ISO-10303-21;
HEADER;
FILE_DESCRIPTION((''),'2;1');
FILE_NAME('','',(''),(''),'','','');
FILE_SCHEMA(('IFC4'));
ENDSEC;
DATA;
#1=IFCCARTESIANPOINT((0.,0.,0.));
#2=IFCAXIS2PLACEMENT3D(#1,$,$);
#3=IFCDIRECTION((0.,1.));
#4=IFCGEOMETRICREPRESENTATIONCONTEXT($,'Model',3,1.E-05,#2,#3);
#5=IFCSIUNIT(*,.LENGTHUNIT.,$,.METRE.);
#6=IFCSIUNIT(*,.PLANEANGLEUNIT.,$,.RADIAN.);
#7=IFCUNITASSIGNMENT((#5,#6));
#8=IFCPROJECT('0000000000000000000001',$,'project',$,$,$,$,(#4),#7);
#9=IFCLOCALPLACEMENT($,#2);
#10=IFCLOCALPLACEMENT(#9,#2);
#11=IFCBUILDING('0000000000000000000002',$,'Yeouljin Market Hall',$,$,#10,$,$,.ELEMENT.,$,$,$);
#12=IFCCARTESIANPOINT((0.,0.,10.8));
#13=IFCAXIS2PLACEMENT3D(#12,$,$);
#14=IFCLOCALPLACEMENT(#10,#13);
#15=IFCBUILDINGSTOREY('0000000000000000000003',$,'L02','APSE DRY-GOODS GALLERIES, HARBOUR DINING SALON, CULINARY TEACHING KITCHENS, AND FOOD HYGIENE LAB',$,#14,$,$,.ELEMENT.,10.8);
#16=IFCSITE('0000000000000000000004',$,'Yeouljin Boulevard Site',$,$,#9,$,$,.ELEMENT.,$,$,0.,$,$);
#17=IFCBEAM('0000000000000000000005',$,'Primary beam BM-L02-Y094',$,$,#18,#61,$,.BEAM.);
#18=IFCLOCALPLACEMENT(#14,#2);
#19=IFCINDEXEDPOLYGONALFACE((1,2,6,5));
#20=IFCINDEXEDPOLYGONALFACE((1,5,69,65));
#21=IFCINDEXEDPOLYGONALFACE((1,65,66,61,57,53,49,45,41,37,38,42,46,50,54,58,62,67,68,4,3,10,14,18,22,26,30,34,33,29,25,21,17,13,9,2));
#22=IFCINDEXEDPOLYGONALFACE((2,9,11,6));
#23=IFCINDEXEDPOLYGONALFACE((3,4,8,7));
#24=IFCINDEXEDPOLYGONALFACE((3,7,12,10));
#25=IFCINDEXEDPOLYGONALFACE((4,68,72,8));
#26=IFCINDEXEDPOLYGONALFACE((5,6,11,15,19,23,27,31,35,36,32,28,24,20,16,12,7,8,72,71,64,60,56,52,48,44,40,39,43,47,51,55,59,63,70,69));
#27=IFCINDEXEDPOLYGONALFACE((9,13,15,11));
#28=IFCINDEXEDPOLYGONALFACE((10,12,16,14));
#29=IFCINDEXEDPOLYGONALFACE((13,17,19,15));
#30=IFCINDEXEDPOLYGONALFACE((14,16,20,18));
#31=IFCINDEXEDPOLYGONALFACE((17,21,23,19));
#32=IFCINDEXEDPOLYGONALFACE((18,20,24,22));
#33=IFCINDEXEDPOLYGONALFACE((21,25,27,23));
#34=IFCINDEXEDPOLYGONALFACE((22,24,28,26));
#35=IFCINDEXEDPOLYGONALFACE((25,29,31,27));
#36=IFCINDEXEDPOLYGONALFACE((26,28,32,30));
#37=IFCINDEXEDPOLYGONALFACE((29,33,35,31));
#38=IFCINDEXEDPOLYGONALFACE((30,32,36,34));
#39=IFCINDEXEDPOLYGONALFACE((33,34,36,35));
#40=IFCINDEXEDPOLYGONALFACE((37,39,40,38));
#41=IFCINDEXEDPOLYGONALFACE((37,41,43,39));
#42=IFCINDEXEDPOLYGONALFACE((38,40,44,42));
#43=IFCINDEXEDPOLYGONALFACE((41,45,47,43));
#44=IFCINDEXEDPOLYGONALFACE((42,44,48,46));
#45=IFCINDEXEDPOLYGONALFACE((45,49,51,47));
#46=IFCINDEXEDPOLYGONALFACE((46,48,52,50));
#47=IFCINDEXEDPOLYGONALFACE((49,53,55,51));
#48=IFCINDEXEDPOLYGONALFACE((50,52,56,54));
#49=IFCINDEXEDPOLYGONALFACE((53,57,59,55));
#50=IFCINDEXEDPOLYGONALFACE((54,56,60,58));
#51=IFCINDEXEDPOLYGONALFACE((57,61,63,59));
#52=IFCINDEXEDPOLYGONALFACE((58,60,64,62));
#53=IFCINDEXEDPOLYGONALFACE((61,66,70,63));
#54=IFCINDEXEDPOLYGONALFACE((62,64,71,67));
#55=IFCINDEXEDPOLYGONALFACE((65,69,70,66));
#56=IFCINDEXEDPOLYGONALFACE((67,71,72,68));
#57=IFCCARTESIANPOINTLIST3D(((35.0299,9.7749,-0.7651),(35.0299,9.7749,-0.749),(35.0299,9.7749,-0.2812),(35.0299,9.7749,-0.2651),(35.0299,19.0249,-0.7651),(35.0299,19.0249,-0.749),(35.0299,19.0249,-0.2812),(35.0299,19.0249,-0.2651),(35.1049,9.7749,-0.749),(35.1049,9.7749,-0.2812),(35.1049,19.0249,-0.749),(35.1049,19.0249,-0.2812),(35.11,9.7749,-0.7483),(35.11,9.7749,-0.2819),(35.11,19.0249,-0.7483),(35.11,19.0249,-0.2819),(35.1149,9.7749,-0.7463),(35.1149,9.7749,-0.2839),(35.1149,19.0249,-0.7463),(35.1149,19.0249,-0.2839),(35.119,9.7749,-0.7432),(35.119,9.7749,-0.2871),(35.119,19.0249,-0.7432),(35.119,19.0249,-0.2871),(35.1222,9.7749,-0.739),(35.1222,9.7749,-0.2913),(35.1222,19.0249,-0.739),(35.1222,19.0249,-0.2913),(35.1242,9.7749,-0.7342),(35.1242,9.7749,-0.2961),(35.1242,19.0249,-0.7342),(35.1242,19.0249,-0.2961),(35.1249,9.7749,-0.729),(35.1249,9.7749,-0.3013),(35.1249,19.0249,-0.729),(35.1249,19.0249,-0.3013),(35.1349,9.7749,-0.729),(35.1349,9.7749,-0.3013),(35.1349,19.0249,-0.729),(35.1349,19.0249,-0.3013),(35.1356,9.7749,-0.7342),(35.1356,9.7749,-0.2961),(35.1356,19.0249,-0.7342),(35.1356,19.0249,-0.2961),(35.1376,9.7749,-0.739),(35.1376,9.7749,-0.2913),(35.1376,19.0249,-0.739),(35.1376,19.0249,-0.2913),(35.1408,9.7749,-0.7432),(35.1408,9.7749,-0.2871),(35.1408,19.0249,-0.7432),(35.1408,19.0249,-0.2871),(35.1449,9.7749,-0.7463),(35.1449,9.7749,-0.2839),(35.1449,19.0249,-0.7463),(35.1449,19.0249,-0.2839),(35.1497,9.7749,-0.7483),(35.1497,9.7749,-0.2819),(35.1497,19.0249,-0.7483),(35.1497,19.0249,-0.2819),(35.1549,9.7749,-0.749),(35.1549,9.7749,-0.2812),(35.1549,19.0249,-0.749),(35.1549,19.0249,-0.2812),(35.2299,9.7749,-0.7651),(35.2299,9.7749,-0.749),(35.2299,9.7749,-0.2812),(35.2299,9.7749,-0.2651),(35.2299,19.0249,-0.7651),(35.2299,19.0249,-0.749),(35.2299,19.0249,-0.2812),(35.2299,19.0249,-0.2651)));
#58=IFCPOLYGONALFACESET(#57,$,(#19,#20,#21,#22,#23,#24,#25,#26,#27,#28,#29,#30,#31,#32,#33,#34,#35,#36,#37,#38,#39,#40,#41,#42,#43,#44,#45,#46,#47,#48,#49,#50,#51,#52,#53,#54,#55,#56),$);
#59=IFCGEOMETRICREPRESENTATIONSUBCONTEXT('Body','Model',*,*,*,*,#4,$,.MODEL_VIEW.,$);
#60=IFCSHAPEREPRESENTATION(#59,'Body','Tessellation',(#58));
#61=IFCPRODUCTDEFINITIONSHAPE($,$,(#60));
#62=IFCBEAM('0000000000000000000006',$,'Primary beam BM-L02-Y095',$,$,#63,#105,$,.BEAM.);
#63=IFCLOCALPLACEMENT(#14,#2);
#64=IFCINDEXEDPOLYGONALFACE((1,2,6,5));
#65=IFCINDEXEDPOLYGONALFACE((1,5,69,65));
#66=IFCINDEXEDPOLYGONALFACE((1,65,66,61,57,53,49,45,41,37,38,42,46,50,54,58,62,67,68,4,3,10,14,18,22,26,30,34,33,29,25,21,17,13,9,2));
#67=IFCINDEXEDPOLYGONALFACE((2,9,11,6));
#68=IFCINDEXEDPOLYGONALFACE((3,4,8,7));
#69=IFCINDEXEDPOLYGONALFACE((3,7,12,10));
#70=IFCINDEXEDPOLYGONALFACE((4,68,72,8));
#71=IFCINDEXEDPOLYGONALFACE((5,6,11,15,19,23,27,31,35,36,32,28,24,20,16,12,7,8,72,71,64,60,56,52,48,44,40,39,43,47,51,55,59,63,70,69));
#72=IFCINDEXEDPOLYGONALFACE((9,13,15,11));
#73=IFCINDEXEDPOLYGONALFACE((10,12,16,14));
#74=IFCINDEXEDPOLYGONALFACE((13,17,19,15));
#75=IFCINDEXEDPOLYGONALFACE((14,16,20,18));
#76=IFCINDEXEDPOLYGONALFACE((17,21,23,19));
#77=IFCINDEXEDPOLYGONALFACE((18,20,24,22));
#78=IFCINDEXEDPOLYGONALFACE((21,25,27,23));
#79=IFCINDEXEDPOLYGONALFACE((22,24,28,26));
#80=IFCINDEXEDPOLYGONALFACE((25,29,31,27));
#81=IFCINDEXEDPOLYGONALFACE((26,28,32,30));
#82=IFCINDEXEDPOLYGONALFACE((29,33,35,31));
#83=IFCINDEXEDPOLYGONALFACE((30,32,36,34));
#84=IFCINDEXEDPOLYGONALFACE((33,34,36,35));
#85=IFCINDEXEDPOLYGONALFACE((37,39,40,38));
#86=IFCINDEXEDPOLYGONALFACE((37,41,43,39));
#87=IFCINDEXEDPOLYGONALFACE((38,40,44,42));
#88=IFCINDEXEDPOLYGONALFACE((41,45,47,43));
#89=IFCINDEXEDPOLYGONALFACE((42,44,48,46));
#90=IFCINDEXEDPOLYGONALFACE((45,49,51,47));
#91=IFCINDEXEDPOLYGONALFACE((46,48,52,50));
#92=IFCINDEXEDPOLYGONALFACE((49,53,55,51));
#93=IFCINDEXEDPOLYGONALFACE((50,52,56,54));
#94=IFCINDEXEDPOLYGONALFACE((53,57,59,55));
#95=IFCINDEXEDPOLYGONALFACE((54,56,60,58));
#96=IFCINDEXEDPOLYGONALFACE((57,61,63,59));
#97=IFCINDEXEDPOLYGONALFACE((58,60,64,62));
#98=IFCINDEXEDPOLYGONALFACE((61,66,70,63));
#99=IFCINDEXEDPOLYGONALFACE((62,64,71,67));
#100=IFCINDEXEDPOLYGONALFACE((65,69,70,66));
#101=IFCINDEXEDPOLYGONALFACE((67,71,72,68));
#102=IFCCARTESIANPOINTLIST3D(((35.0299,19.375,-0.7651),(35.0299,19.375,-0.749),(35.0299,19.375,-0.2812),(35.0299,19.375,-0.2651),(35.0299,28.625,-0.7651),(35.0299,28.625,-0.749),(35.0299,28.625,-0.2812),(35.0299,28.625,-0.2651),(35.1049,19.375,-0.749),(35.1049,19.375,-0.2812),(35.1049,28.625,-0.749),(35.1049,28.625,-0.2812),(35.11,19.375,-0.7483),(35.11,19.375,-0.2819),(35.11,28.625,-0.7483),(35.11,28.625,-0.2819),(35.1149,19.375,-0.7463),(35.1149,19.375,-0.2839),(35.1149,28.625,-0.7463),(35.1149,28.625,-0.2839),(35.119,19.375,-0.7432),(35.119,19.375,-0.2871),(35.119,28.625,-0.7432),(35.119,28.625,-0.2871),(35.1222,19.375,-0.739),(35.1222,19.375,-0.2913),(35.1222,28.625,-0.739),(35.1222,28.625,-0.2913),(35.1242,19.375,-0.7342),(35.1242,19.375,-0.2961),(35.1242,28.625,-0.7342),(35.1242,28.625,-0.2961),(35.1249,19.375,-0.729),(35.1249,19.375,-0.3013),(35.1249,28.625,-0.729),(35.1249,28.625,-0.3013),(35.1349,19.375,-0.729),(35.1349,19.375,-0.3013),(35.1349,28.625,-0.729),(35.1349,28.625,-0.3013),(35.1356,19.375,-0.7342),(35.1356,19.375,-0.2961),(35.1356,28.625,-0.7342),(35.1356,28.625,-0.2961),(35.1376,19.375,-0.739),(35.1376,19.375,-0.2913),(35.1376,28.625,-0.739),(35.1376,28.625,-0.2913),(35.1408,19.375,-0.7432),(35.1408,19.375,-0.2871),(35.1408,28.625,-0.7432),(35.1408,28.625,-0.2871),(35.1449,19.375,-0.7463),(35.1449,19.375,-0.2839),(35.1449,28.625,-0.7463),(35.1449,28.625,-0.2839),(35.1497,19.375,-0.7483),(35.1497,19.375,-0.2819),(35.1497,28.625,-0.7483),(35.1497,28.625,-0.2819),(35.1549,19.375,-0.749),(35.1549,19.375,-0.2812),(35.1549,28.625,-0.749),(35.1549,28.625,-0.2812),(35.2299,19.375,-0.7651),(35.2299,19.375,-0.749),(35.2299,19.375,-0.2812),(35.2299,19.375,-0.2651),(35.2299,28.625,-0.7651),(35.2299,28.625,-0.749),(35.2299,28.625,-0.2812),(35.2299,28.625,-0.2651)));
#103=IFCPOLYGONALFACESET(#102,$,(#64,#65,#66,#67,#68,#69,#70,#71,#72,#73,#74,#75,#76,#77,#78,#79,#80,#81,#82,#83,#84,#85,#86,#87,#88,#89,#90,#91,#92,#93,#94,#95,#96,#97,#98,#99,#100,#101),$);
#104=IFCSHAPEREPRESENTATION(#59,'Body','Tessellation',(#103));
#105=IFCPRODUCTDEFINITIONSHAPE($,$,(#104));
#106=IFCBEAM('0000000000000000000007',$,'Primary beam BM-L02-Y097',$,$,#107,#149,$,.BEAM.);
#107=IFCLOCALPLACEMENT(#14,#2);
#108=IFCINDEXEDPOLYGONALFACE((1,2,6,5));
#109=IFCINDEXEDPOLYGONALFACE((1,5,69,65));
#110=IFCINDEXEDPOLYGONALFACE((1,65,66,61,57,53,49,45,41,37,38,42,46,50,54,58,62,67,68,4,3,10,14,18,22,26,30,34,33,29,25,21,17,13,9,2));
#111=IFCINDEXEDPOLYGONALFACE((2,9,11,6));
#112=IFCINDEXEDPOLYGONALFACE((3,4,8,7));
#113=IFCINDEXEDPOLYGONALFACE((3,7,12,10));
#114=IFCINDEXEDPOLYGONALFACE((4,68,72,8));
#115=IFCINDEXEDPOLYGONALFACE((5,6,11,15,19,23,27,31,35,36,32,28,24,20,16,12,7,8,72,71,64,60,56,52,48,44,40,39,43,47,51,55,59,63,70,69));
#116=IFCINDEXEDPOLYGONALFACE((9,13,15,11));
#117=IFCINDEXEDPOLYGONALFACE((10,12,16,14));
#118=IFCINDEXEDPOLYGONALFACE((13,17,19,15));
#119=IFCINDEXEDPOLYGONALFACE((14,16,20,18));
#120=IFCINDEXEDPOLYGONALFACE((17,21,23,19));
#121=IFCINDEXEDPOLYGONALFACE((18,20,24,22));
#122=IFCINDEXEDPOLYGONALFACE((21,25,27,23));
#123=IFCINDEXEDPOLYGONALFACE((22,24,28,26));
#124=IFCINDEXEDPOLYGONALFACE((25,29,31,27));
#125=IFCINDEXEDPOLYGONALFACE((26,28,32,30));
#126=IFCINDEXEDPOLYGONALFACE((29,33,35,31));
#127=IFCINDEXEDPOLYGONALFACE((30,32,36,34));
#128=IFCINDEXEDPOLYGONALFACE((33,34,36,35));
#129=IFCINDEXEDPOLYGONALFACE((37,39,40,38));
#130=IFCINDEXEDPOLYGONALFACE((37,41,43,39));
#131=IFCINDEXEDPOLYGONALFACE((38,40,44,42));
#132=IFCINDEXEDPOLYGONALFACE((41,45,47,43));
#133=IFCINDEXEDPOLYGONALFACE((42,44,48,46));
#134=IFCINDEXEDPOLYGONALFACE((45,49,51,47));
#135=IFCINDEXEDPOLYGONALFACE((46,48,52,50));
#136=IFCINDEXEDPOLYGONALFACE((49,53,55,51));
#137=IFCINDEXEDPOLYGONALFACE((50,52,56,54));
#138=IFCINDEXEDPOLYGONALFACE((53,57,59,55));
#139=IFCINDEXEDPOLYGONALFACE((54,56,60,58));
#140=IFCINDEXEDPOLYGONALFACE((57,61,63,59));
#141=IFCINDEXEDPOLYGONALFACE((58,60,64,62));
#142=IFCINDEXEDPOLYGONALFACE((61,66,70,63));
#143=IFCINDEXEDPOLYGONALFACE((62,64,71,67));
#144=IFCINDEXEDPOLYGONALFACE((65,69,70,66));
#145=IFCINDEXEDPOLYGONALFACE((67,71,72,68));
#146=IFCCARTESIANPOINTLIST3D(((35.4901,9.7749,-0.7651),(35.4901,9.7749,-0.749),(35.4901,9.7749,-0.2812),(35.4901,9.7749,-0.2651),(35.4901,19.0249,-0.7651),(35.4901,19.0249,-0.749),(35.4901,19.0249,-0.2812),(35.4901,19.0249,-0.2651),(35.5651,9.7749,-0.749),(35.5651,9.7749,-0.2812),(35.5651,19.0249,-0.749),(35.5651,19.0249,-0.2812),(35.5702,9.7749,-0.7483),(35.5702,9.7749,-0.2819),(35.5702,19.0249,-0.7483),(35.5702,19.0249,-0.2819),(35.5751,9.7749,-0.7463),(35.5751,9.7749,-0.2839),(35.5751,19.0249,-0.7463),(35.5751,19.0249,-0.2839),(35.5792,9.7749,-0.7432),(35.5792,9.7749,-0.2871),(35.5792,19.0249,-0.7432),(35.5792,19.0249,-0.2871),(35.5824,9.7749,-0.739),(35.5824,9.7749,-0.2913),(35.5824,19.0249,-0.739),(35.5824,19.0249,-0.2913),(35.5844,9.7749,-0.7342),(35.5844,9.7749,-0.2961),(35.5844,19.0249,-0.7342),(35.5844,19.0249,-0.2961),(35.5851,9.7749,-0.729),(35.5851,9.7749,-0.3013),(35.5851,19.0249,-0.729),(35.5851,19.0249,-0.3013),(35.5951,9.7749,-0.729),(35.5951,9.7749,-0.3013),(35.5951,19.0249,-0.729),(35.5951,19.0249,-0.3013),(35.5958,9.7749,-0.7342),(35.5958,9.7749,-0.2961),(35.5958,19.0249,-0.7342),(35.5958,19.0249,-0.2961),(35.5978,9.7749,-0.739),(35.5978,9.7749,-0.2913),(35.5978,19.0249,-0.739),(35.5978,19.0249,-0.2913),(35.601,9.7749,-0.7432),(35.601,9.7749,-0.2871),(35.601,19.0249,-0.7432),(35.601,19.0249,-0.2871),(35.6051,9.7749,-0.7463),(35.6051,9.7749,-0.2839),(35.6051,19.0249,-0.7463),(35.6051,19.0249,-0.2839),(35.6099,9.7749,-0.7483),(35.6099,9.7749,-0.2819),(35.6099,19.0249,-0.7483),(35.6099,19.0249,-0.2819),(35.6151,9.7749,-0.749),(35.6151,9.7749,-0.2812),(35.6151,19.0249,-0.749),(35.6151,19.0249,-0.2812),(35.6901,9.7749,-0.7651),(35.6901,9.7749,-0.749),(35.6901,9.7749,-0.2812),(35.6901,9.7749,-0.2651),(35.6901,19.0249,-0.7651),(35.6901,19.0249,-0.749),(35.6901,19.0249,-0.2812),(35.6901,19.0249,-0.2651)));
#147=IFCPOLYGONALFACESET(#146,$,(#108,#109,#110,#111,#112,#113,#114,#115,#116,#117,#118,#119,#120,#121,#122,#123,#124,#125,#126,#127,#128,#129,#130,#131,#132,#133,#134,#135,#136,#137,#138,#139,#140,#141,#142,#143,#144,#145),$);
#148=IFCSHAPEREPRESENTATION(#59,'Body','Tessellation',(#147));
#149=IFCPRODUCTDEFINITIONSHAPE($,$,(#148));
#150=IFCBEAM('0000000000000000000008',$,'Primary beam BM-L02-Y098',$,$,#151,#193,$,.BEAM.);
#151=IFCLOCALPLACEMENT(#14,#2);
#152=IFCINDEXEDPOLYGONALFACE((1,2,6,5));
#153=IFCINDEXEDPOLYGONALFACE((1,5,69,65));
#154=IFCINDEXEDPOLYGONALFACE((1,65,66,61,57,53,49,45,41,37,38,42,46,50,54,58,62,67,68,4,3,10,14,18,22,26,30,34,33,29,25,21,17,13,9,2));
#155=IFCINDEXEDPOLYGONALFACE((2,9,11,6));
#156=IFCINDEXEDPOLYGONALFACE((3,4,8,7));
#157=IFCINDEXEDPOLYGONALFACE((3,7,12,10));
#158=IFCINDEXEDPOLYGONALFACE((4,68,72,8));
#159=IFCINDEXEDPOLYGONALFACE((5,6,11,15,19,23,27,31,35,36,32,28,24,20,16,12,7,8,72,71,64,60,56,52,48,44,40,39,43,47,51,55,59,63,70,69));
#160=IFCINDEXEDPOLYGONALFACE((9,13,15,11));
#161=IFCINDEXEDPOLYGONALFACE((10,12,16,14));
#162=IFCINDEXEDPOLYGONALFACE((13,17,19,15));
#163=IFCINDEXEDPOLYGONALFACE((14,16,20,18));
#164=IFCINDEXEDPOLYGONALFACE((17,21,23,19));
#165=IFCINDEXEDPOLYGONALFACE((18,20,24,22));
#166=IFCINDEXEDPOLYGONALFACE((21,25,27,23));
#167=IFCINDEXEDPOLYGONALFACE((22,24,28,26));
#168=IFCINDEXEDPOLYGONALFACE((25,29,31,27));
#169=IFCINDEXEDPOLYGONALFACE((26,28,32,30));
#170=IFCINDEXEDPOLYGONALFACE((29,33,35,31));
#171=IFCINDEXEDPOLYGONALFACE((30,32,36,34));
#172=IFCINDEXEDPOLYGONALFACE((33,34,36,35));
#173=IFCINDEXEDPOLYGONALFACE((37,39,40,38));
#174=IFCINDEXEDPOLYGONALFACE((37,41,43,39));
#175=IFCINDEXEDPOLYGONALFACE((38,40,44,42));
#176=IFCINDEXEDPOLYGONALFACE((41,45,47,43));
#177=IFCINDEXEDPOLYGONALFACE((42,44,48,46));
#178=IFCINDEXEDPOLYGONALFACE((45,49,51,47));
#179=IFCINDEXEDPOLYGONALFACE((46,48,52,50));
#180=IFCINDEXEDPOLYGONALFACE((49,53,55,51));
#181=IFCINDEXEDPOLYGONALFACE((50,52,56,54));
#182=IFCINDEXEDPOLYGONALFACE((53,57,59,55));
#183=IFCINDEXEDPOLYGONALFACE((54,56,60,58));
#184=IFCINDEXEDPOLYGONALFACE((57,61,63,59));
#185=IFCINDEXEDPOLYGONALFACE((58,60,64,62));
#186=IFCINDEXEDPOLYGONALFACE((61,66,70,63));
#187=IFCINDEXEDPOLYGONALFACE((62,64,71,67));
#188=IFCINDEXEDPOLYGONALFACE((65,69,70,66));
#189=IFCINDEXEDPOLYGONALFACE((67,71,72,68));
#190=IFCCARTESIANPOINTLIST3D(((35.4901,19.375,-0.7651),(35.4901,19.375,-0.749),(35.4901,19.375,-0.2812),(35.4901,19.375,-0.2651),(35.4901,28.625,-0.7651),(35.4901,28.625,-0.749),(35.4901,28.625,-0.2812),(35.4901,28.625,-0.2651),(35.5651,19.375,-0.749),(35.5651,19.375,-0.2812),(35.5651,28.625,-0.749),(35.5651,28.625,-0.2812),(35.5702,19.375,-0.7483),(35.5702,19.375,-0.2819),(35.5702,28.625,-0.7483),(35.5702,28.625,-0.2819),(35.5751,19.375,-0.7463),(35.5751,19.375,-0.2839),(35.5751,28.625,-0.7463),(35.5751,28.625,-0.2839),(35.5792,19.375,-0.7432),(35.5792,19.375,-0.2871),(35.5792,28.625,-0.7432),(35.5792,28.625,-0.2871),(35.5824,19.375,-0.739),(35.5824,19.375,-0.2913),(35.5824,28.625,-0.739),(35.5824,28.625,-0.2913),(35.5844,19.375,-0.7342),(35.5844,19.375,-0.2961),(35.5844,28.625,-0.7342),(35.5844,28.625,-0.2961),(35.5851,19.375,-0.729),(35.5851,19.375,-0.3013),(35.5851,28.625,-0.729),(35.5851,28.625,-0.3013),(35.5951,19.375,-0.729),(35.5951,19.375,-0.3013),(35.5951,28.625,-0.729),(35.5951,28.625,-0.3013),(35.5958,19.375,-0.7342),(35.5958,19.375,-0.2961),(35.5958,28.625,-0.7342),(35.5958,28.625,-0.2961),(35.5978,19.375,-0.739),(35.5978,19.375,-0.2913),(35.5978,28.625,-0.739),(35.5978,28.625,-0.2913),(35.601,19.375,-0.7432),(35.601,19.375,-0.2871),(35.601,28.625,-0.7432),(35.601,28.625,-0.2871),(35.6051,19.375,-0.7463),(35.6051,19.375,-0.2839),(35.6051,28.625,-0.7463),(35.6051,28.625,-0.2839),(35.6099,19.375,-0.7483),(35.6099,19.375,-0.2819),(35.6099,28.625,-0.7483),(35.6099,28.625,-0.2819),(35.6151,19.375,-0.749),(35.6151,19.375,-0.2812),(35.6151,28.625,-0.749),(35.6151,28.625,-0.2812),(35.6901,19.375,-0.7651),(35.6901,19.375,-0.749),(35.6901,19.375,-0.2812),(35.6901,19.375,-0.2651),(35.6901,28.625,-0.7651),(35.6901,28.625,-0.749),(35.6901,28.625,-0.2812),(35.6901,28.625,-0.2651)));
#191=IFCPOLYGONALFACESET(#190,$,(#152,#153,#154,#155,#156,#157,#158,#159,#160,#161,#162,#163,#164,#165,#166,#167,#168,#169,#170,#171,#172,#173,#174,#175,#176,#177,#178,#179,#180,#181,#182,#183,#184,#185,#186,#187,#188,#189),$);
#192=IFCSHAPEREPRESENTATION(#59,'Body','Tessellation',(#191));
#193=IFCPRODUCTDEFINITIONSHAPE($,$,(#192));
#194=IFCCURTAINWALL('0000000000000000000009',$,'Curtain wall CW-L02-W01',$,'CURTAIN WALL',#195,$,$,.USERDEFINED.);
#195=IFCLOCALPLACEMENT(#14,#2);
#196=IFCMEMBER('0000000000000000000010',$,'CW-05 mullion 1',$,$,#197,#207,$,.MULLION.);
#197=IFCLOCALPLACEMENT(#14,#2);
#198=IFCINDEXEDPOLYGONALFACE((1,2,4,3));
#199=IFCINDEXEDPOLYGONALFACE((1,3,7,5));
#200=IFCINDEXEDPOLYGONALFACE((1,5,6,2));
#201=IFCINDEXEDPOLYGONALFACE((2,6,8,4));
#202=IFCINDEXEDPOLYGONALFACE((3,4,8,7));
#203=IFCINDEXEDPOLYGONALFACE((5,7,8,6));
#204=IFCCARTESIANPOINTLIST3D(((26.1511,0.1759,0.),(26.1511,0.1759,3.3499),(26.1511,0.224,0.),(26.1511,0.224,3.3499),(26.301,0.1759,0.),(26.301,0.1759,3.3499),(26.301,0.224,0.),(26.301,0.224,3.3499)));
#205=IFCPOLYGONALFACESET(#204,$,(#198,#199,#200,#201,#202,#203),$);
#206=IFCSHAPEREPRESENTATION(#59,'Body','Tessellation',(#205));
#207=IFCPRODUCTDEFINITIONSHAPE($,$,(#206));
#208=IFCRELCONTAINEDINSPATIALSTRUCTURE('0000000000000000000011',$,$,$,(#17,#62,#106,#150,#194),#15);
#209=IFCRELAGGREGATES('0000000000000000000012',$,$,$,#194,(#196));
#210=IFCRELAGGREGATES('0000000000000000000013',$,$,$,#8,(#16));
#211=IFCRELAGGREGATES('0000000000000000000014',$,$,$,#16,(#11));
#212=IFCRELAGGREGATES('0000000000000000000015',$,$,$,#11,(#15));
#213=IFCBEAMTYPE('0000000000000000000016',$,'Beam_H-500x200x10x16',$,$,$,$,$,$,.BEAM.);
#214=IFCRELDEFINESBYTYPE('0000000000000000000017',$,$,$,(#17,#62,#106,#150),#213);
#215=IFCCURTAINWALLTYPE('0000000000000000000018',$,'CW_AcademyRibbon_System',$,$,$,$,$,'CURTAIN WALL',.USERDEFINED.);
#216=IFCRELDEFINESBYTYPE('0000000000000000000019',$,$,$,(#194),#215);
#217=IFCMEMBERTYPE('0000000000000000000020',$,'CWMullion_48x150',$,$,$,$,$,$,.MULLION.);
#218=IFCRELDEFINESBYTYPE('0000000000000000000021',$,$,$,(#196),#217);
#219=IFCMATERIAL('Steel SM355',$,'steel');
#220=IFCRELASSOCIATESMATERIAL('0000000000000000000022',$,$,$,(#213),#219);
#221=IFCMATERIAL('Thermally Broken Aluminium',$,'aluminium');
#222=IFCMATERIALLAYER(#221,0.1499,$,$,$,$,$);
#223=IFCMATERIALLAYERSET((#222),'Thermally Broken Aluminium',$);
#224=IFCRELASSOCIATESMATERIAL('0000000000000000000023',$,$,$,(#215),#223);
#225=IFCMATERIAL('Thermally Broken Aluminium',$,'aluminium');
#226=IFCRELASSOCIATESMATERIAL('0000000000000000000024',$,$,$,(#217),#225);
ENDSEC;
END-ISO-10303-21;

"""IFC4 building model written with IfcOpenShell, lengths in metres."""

from ifc_helpers import new_model, si_unit, direction, frame, origin, origin_2d, place, context, subcontext, project, spatial, rectangle, i_section, extrude, material, layer, layer_set, material_profile, profile_set, type_object, element, aggregate, save


model = new_model("IFC4")

# Units and contexts
model_context = context("Model", 3, precision=1e-05, world=origin(), true_north=direction((0.0, 1.0)))
body_context = subcontext(model_context, "Body", "Model", "MODEL_VIEW")
ifc_project = project(units=[si_unit("LENGTHUNIT", "METRE"), si_unit("PLANEANGLEUNIT", "RADIAN")], contexts=[model_context])

# Site, building, storey
site_placement = place(None, origin())
site = spatial("IfcSite", under=ifc_project, at=site_placement, Name="Yeouljin Boulevard Site", CompositionType="ELEMENT", RefElevation=0.0)
building_placement = place(site_placement, origin())
building = spatial("IfcBuilding", under=site, at=building_placement, Name="Yeouljin Market Hall", CompositionType="ELEMENT")
storey_placement = place(building_placement, frame((0.0, 0.0, 10.8)))
storey = spatial("IfcBuildingStorey", under=building, at=storey_placement, Name="L02", Description="APSE DRY-GOODS GALLERIES, HARBOUR DINING SALON, CULINARY TEACHING KITCHENS, AND FOOD HYGIENE LAB", CompositionType="ELEMENT", Elevation=10.8)

# Beams
ifc_material_1 = material(Name="Steel SM355", Category="steel")
ifc_material_profile_1 = material_profile(ifc_material_1, i_section(OverallWidth=0.2, OverallDepth=0.5, WebThickness=0.01, FlangeThickness=0.0161, FilletRadius=0.02, at=origin_2d()), Name="H-500x200x10x16")
ifc_profile_set_1 = profile_set([ifc_material_profile_1], Name="Steel SM355")
beam_type_1 = type_object("IfcBeamType", Name="Beam_H-500x200x10x16", PredefinedType="BEAM", material=ifc_profile_set_1)
for number, where, z_axis, x_axis, name in (
    (1, (35.1299, 9.7749, -0.5151), (0.0, 1.0, 0.0), (-1.0, 0.0, 0.0), "Primary beam BM-L02-Y094"),
    (2, (35.1299, 19.375, -0.5151), (0.0, 1.0, 0.0), (-1.0, 0.0, 0.0), "Primary beam BM-L02-Y095"),
    (3, (35.5901, 9.7749, -0.5151), (0.0, 1.0, 0.0), (-1.0, 0.0, 0.0), "Primary beam BM-L02-Y097"),
    (4, (35.5901, 19.375, -0.5151), (0.0, 1.0, 0.0), (-1.0, 0.0, 0.0), "Primary beam BM-L02-Y098"),
):
    element("IfcBeam", number, at=place(storey_placement, frame(where, z_axis=z_axis, x_axis=x_axis)), inside=storey, type_object=beam_type_1, Name=name, PredefinedType="BEAM", context=body_context, shape_type="SweptSolid", body=[
        extrude(i_section(OverallWidth=0.2, OverallDepth=0.5, WebThickness=0.01, FlangeThickness=0.0161, FilletRadius=0.02, at=origin_2d()), origin(), (0.0, 0.0, 1.0), 9.25),
    ])

# Curtain wall, member
ifc_material_2 = material(Name="Thermally Broken Aluminium", Category="aluminium")
ifc_layer_1 = layer(ifc_material_2, 0.1499)
ifc_layer_set_1 = layer_set([ifc_layer_1], Name="Thermally Broken Aluminium")
curtain_wall_type = type_object("IfcCurtainWallType", Name="CW_AcademyRibbon_System", ElementType="CURTAIN WALL", PredefinedType="USERDEFINED", material=ifc_layer_set_1)
curtain_wall_placement = place(storey_placement, origin())
curtain_wall = element("IfcCurtainWall", 5, at=curtain_wall_placement, inside=storey, type_object=curtain_wall_type, Name="Curtain wall CW-L02-W01", ObjectType="CURTAIN WALL", PredefinedType="USERDEFINED")
ifc_material_3 = material(Name="Thermally Broken Aluminium", Category="aluminium")
ifc_material_profile_2 = material_profile(ifc_material_3, rectangle(XDim=0.0481, YDim=0.1499, at=origin_2d()), Name="CW-MULL-48x150")
ifc_profile_set_2 = profile_set([ifc_material_profile_2], Name="Thermally Broken Aluminium")
member_type_1 = type_object("IfcMemberType", Name="CWMullion_48x150", PredefinedType="MULLION", material=ifc_profile_set_2)
member_1_placement = place(storey_placement, frame((26.2261, 0.2, 0.0), z_axis=(0.0, 0.0, 1.0), x_axis=(0.0, -1.0, 0.0)))
member_1 = element("IfcMember", 6, at=member_1_placement, type_object=member_type_1, Name="CW-05 mullion 1", PredefinedType="MULLION", context=body_context, shape_type="SweptSolid", body=[
    extrude(rectangle(XDim=0.0481, YDim=0.1499, at=origin_2d()), origin(), (0.0, 0.0, 1.0), 3.3499),
])
aggregate(curtain_wall, [member_1])

save(model, "model.ifc")
